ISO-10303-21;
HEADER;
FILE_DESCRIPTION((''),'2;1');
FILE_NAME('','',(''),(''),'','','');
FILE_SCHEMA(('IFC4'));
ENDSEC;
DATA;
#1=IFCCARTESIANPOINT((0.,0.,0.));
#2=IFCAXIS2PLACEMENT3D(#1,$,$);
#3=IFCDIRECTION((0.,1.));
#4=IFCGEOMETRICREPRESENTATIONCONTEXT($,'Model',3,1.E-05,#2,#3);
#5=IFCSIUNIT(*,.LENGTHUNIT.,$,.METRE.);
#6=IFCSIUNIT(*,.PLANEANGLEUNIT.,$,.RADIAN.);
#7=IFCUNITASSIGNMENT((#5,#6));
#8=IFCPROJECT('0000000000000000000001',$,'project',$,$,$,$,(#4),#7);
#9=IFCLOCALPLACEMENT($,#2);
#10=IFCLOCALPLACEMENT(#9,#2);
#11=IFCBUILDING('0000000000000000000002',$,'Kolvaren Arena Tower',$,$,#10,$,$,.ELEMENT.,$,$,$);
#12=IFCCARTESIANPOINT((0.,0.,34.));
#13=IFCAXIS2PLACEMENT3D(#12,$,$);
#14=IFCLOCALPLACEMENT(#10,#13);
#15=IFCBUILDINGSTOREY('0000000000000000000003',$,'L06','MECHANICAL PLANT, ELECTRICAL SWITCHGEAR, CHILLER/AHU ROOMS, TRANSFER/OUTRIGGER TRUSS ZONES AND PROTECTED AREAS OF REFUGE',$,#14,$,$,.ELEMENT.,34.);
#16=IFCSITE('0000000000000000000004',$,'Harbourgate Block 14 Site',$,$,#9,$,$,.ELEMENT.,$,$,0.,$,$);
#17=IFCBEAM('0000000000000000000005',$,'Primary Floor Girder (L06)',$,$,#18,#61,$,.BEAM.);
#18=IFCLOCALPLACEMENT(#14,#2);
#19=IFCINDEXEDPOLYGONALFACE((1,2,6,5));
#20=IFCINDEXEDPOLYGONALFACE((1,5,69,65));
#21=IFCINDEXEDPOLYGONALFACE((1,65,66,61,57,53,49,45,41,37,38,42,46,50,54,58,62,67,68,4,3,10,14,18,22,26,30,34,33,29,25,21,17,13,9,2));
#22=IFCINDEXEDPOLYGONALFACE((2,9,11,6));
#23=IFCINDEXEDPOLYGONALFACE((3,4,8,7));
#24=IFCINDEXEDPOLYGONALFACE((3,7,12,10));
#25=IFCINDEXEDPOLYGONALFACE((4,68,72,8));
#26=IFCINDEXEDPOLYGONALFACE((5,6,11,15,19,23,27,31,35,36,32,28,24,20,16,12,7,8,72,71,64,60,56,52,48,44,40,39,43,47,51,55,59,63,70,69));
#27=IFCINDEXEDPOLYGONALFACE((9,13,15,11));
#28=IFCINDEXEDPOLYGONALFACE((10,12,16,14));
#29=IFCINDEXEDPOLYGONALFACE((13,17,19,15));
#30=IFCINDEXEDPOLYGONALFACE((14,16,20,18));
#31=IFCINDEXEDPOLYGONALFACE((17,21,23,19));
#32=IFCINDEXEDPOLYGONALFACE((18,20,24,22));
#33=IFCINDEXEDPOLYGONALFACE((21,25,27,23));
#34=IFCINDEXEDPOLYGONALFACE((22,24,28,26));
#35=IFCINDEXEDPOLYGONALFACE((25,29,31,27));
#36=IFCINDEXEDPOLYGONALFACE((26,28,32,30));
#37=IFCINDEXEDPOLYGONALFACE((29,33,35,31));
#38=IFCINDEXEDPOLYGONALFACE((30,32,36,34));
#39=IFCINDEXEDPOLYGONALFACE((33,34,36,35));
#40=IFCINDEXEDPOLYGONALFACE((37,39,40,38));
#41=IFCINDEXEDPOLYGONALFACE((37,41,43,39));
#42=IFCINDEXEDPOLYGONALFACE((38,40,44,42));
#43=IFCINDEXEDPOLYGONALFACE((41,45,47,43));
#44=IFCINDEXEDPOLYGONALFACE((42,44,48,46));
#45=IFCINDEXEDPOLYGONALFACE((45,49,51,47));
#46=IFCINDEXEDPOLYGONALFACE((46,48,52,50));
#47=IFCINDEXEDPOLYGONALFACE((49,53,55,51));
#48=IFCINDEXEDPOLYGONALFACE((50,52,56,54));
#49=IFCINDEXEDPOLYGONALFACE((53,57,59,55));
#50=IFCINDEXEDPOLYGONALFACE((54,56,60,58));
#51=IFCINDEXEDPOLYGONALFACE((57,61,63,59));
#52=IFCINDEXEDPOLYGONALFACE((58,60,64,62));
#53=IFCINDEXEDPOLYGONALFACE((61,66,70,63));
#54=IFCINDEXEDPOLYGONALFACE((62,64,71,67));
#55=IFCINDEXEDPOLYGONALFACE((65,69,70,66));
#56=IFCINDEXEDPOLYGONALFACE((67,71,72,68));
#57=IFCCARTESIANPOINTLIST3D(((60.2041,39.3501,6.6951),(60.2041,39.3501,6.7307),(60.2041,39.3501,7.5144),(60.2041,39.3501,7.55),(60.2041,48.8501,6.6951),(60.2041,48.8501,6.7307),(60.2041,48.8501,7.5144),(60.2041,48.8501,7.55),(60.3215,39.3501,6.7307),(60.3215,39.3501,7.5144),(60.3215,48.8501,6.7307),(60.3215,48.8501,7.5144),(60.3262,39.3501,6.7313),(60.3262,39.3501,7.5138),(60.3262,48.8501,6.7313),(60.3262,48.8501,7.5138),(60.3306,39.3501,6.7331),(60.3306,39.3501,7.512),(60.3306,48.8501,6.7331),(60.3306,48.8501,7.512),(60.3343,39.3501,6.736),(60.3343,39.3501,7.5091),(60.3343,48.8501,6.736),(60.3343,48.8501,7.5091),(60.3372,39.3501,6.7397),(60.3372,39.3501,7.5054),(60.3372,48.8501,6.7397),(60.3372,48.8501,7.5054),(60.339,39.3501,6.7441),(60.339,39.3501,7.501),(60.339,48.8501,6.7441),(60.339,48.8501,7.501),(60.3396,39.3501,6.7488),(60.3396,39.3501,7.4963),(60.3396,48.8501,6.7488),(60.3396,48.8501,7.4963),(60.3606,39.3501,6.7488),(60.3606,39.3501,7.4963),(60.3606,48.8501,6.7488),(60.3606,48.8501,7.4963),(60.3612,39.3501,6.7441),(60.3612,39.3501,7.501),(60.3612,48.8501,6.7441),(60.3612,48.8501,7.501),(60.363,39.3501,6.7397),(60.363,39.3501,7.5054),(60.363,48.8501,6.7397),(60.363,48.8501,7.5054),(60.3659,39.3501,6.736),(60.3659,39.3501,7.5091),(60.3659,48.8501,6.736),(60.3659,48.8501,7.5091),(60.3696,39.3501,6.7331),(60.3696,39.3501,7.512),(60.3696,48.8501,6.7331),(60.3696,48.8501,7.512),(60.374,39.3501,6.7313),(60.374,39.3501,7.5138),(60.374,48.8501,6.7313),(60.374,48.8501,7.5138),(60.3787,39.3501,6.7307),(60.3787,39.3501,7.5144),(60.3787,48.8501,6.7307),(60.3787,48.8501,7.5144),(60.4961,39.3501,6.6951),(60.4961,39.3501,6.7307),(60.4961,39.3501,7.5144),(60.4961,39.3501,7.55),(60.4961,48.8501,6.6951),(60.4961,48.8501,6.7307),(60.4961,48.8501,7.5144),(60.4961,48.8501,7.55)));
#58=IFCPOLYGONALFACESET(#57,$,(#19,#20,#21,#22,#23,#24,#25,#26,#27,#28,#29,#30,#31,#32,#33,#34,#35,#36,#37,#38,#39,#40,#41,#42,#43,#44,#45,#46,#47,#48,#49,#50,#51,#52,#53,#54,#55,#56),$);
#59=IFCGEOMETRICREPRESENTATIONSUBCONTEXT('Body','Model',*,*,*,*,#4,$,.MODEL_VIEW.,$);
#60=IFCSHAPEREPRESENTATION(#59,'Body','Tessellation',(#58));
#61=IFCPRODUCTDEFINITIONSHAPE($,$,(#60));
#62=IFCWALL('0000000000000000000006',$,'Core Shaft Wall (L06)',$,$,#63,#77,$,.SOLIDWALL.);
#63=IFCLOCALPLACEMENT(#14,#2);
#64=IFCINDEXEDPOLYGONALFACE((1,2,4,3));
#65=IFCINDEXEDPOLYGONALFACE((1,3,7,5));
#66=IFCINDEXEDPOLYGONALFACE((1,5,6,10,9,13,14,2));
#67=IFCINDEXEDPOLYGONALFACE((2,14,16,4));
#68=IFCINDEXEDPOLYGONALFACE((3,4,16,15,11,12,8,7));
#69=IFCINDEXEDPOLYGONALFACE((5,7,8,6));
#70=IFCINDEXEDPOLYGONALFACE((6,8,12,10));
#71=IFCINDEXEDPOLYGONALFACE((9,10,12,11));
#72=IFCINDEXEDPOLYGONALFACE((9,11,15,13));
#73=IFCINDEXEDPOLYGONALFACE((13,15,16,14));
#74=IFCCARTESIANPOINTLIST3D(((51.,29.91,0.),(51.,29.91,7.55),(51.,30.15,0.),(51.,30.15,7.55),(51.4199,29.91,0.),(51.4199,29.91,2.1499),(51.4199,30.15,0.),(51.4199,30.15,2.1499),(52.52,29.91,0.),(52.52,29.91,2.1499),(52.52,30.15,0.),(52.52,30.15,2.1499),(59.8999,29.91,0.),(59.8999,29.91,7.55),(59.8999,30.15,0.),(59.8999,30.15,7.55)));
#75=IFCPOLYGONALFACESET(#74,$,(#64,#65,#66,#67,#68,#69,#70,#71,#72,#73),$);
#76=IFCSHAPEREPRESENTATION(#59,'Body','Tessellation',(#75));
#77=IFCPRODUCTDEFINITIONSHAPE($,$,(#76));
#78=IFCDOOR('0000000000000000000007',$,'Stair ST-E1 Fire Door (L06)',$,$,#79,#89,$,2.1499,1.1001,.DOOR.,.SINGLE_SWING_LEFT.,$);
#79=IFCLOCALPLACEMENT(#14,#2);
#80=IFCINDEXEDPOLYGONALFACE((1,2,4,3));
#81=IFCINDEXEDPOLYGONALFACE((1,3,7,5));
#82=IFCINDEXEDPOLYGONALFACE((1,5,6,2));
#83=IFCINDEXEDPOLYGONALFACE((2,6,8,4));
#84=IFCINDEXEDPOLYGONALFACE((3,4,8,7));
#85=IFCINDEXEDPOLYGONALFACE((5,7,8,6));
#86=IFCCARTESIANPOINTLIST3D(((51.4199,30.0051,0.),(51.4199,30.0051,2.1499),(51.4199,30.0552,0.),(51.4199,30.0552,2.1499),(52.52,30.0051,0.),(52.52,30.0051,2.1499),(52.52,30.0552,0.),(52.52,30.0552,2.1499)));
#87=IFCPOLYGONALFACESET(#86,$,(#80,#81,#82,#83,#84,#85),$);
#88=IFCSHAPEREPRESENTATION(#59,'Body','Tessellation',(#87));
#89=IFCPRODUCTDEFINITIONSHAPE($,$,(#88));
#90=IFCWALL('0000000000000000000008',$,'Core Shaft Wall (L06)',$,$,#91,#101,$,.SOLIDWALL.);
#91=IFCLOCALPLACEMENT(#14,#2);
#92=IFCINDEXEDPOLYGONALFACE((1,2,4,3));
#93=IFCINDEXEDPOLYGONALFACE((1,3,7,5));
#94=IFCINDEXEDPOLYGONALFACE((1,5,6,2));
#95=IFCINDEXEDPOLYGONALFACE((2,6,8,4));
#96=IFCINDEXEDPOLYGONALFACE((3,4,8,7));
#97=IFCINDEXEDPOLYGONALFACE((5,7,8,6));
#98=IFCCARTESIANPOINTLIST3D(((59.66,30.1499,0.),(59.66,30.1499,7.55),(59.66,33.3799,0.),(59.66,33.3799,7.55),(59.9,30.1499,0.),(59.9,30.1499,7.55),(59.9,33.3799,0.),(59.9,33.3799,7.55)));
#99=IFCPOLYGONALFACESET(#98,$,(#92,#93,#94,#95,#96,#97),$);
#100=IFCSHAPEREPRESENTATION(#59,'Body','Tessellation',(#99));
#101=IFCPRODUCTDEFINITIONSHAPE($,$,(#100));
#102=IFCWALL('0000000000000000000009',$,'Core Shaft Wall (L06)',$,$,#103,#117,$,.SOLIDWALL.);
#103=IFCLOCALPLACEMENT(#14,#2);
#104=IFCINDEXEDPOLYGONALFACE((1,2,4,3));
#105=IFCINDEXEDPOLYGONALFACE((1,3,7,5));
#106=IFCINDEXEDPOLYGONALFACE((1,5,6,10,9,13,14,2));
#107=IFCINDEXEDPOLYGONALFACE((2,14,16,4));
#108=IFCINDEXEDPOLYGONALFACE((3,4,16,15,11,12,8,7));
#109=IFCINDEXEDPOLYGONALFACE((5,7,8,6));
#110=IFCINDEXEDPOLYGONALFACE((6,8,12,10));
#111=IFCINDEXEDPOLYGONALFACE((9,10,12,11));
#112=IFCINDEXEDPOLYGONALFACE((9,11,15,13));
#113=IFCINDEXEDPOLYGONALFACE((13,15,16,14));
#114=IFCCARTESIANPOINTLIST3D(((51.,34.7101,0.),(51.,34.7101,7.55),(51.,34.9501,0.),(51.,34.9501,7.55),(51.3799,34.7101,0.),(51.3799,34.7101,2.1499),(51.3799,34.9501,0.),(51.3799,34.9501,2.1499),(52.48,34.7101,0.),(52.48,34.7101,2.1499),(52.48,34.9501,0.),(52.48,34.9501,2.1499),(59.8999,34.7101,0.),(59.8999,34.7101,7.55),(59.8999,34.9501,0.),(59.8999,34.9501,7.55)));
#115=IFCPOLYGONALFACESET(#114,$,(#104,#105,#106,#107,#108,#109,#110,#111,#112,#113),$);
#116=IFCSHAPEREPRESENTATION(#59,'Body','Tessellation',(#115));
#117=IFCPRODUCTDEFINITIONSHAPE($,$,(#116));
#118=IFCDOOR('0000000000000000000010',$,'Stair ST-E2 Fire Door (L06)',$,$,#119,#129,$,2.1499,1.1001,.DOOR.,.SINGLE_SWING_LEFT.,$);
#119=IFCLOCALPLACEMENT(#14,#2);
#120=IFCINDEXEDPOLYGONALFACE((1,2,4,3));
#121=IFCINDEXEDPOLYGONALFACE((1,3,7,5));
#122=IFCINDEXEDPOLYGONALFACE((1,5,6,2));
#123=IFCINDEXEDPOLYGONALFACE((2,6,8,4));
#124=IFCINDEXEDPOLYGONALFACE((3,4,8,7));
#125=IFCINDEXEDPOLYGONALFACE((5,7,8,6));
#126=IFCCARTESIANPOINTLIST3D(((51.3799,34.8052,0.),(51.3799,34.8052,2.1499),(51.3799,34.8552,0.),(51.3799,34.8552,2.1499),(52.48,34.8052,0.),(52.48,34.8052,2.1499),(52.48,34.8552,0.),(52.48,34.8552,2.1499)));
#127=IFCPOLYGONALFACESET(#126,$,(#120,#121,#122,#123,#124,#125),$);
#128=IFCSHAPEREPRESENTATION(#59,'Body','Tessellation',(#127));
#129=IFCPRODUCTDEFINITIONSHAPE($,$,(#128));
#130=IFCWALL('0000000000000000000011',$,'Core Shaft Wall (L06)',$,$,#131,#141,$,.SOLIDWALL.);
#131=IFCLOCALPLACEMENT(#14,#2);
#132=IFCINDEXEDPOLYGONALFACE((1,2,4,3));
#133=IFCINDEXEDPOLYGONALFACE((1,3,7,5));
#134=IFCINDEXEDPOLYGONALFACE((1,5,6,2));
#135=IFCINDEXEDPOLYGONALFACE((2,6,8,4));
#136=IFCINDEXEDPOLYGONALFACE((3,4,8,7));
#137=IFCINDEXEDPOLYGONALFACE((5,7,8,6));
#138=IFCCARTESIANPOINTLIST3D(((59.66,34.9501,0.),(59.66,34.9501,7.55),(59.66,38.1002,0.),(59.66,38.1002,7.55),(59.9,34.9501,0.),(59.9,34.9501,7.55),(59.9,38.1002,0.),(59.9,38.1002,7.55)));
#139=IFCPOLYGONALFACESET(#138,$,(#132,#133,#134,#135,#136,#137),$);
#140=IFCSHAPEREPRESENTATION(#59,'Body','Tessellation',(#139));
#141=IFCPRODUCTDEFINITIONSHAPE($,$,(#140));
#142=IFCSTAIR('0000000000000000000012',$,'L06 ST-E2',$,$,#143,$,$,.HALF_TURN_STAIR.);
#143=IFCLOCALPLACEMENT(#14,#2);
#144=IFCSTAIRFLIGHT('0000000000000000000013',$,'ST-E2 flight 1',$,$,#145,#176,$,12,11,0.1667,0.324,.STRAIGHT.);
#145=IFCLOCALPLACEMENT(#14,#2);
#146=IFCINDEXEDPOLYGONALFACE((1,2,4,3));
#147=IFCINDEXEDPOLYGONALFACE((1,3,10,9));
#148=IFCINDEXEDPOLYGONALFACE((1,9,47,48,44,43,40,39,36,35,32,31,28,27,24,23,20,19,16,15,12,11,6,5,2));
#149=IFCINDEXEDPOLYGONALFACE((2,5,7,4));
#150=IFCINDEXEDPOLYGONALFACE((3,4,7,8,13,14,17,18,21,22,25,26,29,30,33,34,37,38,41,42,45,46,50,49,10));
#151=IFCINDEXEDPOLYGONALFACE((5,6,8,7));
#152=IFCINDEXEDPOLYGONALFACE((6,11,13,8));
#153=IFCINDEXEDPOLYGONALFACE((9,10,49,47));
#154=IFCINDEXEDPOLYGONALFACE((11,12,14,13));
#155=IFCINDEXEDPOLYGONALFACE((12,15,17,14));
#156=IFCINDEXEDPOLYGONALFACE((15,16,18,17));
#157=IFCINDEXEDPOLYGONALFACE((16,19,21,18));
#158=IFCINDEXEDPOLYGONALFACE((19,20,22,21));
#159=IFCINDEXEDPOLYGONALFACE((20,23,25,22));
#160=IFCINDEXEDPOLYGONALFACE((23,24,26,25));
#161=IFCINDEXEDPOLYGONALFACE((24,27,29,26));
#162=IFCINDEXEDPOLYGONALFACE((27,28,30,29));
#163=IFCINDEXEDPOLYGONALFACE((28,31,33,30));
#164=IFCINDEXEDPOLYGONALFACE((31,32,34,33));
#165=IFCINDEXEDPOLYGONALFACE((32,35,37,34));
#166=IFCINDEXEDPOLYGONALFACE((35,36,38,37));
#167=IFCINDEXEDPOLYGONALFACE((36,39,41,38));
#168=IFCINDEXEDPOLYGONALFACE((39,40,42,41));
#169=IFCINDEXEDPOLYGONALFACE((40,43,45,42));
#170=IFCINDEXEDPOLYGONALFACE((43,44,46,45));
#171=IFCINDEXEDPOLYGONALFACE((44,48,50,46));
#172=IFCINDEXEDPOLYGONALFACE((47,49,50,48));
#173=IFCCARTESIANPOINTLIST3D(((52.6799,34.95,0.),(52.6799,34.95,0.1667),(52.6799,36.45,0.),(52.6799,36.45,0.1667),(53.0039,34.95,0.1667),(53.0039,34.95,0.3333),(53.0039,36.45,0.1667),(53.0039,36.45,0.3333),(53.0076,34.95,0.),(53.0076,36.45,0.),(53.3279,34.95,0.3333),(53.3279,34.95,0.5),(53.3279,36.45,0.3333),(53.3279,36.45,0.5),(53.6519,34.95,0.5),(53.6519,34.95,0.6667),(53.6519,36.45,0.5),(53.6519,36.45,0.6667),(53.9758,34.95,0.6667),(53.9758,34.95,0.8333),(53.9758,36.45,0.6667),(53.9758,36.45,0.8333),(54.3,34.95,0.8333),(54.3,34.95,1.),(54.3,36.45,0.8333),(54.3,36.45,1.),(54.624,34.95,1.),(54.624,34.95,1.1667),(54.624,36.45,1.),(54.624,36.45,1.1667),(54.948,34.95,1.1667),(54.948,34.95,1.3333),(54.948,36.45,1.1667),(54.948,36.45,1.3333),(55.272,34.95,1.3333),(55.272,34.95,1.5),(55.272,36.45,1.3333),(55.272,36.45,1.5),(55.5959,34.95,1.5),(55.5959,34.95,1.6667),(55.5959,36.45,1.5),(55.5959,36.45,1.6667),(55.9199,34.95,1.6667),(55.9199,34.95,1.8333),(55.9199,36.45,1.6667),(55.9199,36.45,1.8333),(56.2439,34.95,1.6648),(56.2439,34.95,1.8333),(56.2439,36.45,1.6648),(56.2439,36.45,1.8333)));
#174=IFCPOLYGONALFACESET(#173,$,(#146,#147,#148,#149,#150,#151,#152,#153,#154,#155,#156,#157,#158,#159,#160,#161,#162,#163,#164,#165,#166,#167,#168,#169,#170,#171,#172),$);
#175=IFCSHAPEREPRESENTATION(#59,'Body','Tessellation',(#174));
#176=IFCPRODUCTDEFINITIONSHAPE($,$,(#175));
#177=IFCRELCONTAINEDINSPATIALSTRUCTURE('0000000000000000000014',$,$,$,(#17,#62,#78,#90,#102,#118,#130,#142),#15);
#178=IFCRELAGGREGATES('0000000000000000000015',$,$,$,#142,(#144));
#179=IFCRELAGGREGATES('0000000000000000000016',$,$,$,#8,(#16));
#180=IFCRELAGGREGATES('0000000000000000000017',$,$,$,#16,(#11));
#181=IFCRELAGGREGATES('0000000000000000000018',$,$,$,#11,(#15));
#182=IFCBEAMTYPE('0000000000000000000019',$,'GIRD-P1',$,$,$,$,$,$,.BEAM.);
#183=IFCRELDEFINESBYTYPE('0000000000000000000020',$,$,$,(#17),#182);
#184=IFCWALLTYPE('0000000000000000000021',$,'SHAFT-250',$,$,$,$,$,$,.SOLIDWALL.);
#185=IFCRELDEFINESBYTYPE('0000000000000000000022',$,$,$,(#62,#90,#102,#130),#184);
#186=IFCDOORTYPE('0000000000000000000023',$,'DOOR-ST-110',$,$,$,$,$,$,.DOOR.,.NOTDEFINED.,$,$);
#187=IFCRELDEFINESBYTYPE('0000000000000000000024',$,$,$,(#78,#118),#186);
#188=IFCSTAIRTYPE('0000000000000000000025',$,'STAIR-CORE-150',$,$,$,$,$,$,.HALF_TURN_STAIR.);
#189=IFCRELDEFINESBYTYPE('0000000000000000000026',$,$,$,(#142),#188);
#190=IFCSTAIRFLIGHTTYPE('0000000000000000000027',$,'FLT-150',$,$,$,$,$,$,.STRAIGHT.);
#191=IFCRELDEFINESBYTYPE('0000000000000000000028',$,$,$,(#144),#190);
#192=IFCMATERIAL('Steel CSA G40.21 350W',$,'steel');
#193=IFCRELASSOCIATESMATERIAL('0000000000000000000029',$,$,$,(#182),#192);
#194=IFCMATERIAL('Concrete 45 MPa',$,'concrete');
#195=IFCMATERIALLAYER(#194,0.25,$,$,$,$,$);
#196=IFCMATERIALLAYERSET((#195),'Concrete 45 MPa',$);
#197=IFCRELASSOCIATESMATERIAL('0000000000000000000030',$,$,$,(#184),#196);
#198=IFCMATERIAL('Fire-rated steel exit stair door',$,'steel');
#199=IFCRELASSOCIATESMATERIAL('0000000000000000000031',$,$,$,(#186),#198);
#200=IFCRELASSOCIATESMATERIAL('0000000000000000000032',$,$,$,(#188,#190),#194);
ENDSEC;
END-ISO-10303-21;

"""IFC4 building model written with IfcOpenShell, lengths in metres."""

from ifc_helpers import new_model, si_unit, direction, frame, frame_2d, origin, origin_2d, place, context, subcontext, project, spatial, polyline, rectangle, i_section, outline, extrude, material, layer, layer_set, material_profile, profile_set, type_object, element, fill, aggregate, save


model = new_model("IFC4")

# Units and contexts
model_context = context("Model", 3, precision=1e-05, world=origin(), true_north=direction((0.0, 1.0)))
body_context = subcontext(model_context, "Body", "Model", "MODEL_VIEW")
ifc_project = project(units=[si_unit("LENGTHUNIT", "METRE"), si_unit("PLANEANGLEUNIT", "RADIAN")], contexts=[model_context])

# Site, building, storey
site_placement = place(None, origin())
site = spatial("IfcSite", under=ifc_project, at=site_placement, Name="Harbourgate Block 14 Site", CompositionType="ELEMENT", RefElevation=0.0)
building_placement = place(site_placement, origin())
building = spatial("IfcBuilding", under=site, at=building_placement, Name="Kolvaren Arena Tower", CompositionType="ELEMENT")
storey_placement = place(building_placement, frame((0.0, 0.0, 34.0)))
storey = spatial("IfcBuildingStorey", under=building, at=storey_placement, Name="L06", Description="MECHANICAL PLANT, ELECTRICAL SWITCHGEAR, CHILLER/AHU ROOMS, TRANSFER/OUTRIGGER TRUSS ZONES AND PROTECTED AREAS OF REFUGE", CompositionType="ELEMENT", Elevation=34.0)

# Beam
ifc_material_1 = material(Name="Steel CSA G40.21 350W", Category="steel")
ifc_material_profile_1 = material_profile(ifc_material_1, i_section(OverallWidth=0.292, OverallDepth=0.855, WebThickness=0.021, FlangeThickness=0.0356, FilletRadius=0.0181, at=origin_2d()), Name="W840x299")
ifc_profile_set_1 = profile_set([ifc_material_profile_1], Name="Steel CSA G40.21 350W")
beam_type = type_object("IfcBeamType", Name="GIRD-P1", PredefinedType="BEAM", material=ifc_profile_set_1)
beam_1_placement = place(storey_placement, frame((60.3501, 39.3501, 7.1226), z_axis=(0.0, 1.0, 0.0), x_axis=(-1.0, 0.0, 0.0)))
element("IfcBeam", 1, at=beam_1_placement, inside=storey, type_object=beam_type, Name="Primary Floor Girder (L06)", PredefinedType="BEAM", context=body_context, shape_type="SweptSolid", body=[
    extrude(i_section(OverallWidth=0.292, OverallDepth=0.855, WebThickness=0.021, FlangeThickness=0.0356, FilletRadius=0.0181, at=origin_2d()), origin(), (0.0, 0.0, 1.0), 9.5),
])

# Wall, opening, door
ifc_material_2 = material(Name="Concrete 45 MPa", Category="concrete")
ifc_layer = layer(ifc_material_2, 0.25)
ifc_layer_set = layer_set([ifc_layer], Name="Concrete 45 MPa")
wall_type = type_object("IfcWallType", Name="SHAFT-250", PredefinedType="SOLIDWALL", material=ifc_layer_set)
wall_1_placement = place(storey_placement, frame((59.8999, 30.03, 0.0), z_axis=(0.0, 0.0, 1.0), x_axis=(-1.0, 0.0, 0.0)))
wall_1 = element("IfcWall", 2, at=wall_1_placement, inside=storey, type_object=wall_type, Name="Core Shaft Wall (L06)", PredefinedType="SOLIDWALL", context=body_context, shape_type="SweptSolid", body=[
    extrude(rectangle(XDim=8.8999, YDim=0.24, at=frame_2d((4.45, 0.0))), origin(), (0.0, 0.0, 1.0), 7.55),
])
opening_1_placement = place(wall_1_placement, frame((7.3799, 0.0, 0.0)))
opening_1 = element("IfcOpeningElement", 3, at=opening_1_placement, cuts=wall_1, PredefinedType="OPENING", context=body_context, shape_type="SweptSolid", body=[
    extrude(rectangle(XDim=1.1001, YDim=2.1499, at=frame_2d((0.55, 1.075))), frame((0.0, 0.1299, 0.0), z_axis=(0.0, -1.0, 0.0), x_axis=(1.0, 0.0, 0.0)), (0.0, 0.0, 1.0), 0.26),
])
ifc_material_3 = material(Name="Fire-rated steel exit stair door", Category="steel")
door_type = type_object("IfcDoorType", Name="DOOR-ST-110", OperationType="NOTDEFINED", PredefinedType="DOOR", material=ifc_material_3)
door_1_placement = place(opening_1_placement, origin())
door_1 = element("IfcDoor", 4, at=door_1_placement, inside=storey, type_object=door_type, Name="Stair ST-E1 Fire Door (L06)", OperationType="SINGLE_SWING_LEFT", OverallHeight=2.1499, OverallWidth=1.1001, PredefinedType="DOOR", context=body_context, shape_type="SweptSolid", body=[
    extrude(rectangle(XDim=1.1001, YDim=2.1499, at=frame_2d((0.55, 1.075))), frame((0.0, 0.0249, 0.0), z_axis=(0.0, -1.0, 0.0), x_axis=(1.0, 0.0, 0.0)), (0.0, 0.0, 1.0), 0.05),
])
fill(opening_1, door_1)

# Wall
wall_2_placement = place(storey_placement, frame((59.78, 30.1499, 0.0), z_axis=(0.0, 0.0, 1.0), x_axis=(0.0, 1.0, 0.0)))
element("IfcWall", 5, at=wall_2_placement, inside=storey, type_object=wall_type, Name="Core Shaft Wall (L06)", PredefinedType="SOLIDWALL", context=body_context, shape_type="SweptSolid", body=[
    extrude(rectangle(XDim=3.23, YDim=0.24, at=frame_2d((1.615, 0.0))), origin(), (0.0, 0.0, 1.0), 7.55),
])

# Wall, opening, door
wall_3_placement = place(storey_placement, frame((59.8999, 34.8301, 0.0), z_axis=(0.0, 0.0, 1.0), x_axis=(-1.0, 0.0, 0.0)))
wall_3 = element("IfcWall", 6, at=wall_3_placement, inside=storey, type_object=wall_type, Name="Core Shaft Wall (L06)", PredefinedType="SOLIDWALL", context=body_context, shape_type="SweptSolid", body=[
    extrude(rectangle(XDim=8.8999, YDim=0.24, at=frame_2d((4.45, 0.0))), origin(), (0.0, 0.0, 1.0), 7.55),
])
opening_2_placement = place(wall_3_placement, frame((7.4199, 0.0, 0.0)))
opening_2 = element("IfcOpeningElement", 7, at=opening_2_placement, cuts=wall_3, PredefinedType="OPENING", context=body_context, shape_type="SweptSolid", body=[
    extrude(rectangle(XDim=1.1001, YDim=2.1499, at=frame_2d((0.55, 1.075))), frame((0.0, 0.1299, 0.0), z_axis=(0.0, -1.0, 0.0), x_axis=(1.0, 0.0, 0.0)), (0.0, 0.0, 1.0), 0.26),
])
door_2_placement = place(opening_2_placement, origin())
door_2 = element("IfcDoor", 8, at=door_2_placement, inside=storey, type_object=door_type, Name="Stair ST-E2 Fire Door (L06)", OperationType="SINGLE_SWING_LEFT", OverallHeight=2.1499, OverallWidth=1.1001, PredefinedType="DOOR", context=body_context, shape_type="SweptSolid", body=[
    extrude(rectangle(XDim=1.1001, YDim=2.1499, at=frame_2d((0.55, 1.075))), frame((0.0, 0.0249, 0.0), z_axis=(0.0, -1.0, 0.0), x_axis=(1.0, 0.0, 0.0)), (0.0, 0.0, 1.0), 0.05),
])
fill(opening_2, door_2)

# Wall
wall_4_placement = place(storey_placement, frame((59.78, 34.95, 0.0), z_axis=(0.0, 0.0, 1.0), x_axis=(0.0, 1.0, 0.0)))
element("IfcWall", 9, at=wall_4_placement, inside=storey, type_object=wall_type, Name="Core Shaft Wall (L06)", PredefinedType="SOLIDWALL", context=body_context, shape_type="SweptSolid", body=[
    extrude(rectangle(XDim=3.1501, YDim=0.24, at=frame_2d((1.5752, 0.0))), origin(), (0.0, 0.0, 1.0), 7.55),
])

# Stair, stair flight
stair_type_1 = type_object("IfcStairType", Name="STAIR-CORE-150", PredefinedType="HALF_TURN_STAIR", material=ifc_material_2)
stair_1_placement = place(storey_placement, origin())
stair_1 = element("IfcStair", 10, at=stair_1_placement, inside=storey, type_object=stair_type_1, Name="L06 ST-E2", PredefinedType="HALF_TURN_STAIR")
stair_flight_type_1 = type_object("IfcStairFlightType", Name="FLT-150", PredefinedType="STRAIGHT", material=ifc_material_2)
stair_flight_1_placement = place(storey_placement, frame((52.6799, 35.7, 0.0), z_axis=(0.0, 0.0, 1.0), x_axis=(1.0, 0.0, 0.0)))
stair_flight_1 = element("IfcStairFlight", 11, at=stair_flight_1_placement, type_object=stair_flight_type_1, Name="ST-E2 flight 1", NumberOfRisers=12, NumberOfTreads=11, PredefinedType="STRAIGHT", RiserHeight=0.1667, TreadLength=0.324, context=body_context, shape_type="SweptSolid", body=[
    extrude(outline(polyline([(0.0, 0.0), (0.0, 0.1667), (0.324, 0.1667), (0.324, 0.3333), (0.6479, 0.3333), (0.6479, 0.5), (0.9719, 0.5), (0.9719, 0.6667), (1.2959, 0.6667), (1.2959, 0.8333), (1.6201, 0.8333), (1.6201, 1.0), (1.9441, 1.0), (1.9441, 1.1667), (2.2681, 1.1667), (2.2681, 1.3333), (2.592, 1.3333), (2.592, 1.5), (2.916, 1.5), (2.916, 1.6667), (3.24, 1.6667), (3.24, 1.8333), (3.564, 1.8333), (3.564, 2.0), (3.564, 1.6648), (0.3276, 0.0), (0.0, 0.0)])), frame((0.0, 0.75, 0.0), z_axis=(0.0, -1.0, 0.0), x_axis=(1.0, 0.0, 0.0)), (0.0, 0.0, 1.0), 1.5),
])
aggregate(stair_1, [stair_flight_1])

save(model, "model.ifc")
